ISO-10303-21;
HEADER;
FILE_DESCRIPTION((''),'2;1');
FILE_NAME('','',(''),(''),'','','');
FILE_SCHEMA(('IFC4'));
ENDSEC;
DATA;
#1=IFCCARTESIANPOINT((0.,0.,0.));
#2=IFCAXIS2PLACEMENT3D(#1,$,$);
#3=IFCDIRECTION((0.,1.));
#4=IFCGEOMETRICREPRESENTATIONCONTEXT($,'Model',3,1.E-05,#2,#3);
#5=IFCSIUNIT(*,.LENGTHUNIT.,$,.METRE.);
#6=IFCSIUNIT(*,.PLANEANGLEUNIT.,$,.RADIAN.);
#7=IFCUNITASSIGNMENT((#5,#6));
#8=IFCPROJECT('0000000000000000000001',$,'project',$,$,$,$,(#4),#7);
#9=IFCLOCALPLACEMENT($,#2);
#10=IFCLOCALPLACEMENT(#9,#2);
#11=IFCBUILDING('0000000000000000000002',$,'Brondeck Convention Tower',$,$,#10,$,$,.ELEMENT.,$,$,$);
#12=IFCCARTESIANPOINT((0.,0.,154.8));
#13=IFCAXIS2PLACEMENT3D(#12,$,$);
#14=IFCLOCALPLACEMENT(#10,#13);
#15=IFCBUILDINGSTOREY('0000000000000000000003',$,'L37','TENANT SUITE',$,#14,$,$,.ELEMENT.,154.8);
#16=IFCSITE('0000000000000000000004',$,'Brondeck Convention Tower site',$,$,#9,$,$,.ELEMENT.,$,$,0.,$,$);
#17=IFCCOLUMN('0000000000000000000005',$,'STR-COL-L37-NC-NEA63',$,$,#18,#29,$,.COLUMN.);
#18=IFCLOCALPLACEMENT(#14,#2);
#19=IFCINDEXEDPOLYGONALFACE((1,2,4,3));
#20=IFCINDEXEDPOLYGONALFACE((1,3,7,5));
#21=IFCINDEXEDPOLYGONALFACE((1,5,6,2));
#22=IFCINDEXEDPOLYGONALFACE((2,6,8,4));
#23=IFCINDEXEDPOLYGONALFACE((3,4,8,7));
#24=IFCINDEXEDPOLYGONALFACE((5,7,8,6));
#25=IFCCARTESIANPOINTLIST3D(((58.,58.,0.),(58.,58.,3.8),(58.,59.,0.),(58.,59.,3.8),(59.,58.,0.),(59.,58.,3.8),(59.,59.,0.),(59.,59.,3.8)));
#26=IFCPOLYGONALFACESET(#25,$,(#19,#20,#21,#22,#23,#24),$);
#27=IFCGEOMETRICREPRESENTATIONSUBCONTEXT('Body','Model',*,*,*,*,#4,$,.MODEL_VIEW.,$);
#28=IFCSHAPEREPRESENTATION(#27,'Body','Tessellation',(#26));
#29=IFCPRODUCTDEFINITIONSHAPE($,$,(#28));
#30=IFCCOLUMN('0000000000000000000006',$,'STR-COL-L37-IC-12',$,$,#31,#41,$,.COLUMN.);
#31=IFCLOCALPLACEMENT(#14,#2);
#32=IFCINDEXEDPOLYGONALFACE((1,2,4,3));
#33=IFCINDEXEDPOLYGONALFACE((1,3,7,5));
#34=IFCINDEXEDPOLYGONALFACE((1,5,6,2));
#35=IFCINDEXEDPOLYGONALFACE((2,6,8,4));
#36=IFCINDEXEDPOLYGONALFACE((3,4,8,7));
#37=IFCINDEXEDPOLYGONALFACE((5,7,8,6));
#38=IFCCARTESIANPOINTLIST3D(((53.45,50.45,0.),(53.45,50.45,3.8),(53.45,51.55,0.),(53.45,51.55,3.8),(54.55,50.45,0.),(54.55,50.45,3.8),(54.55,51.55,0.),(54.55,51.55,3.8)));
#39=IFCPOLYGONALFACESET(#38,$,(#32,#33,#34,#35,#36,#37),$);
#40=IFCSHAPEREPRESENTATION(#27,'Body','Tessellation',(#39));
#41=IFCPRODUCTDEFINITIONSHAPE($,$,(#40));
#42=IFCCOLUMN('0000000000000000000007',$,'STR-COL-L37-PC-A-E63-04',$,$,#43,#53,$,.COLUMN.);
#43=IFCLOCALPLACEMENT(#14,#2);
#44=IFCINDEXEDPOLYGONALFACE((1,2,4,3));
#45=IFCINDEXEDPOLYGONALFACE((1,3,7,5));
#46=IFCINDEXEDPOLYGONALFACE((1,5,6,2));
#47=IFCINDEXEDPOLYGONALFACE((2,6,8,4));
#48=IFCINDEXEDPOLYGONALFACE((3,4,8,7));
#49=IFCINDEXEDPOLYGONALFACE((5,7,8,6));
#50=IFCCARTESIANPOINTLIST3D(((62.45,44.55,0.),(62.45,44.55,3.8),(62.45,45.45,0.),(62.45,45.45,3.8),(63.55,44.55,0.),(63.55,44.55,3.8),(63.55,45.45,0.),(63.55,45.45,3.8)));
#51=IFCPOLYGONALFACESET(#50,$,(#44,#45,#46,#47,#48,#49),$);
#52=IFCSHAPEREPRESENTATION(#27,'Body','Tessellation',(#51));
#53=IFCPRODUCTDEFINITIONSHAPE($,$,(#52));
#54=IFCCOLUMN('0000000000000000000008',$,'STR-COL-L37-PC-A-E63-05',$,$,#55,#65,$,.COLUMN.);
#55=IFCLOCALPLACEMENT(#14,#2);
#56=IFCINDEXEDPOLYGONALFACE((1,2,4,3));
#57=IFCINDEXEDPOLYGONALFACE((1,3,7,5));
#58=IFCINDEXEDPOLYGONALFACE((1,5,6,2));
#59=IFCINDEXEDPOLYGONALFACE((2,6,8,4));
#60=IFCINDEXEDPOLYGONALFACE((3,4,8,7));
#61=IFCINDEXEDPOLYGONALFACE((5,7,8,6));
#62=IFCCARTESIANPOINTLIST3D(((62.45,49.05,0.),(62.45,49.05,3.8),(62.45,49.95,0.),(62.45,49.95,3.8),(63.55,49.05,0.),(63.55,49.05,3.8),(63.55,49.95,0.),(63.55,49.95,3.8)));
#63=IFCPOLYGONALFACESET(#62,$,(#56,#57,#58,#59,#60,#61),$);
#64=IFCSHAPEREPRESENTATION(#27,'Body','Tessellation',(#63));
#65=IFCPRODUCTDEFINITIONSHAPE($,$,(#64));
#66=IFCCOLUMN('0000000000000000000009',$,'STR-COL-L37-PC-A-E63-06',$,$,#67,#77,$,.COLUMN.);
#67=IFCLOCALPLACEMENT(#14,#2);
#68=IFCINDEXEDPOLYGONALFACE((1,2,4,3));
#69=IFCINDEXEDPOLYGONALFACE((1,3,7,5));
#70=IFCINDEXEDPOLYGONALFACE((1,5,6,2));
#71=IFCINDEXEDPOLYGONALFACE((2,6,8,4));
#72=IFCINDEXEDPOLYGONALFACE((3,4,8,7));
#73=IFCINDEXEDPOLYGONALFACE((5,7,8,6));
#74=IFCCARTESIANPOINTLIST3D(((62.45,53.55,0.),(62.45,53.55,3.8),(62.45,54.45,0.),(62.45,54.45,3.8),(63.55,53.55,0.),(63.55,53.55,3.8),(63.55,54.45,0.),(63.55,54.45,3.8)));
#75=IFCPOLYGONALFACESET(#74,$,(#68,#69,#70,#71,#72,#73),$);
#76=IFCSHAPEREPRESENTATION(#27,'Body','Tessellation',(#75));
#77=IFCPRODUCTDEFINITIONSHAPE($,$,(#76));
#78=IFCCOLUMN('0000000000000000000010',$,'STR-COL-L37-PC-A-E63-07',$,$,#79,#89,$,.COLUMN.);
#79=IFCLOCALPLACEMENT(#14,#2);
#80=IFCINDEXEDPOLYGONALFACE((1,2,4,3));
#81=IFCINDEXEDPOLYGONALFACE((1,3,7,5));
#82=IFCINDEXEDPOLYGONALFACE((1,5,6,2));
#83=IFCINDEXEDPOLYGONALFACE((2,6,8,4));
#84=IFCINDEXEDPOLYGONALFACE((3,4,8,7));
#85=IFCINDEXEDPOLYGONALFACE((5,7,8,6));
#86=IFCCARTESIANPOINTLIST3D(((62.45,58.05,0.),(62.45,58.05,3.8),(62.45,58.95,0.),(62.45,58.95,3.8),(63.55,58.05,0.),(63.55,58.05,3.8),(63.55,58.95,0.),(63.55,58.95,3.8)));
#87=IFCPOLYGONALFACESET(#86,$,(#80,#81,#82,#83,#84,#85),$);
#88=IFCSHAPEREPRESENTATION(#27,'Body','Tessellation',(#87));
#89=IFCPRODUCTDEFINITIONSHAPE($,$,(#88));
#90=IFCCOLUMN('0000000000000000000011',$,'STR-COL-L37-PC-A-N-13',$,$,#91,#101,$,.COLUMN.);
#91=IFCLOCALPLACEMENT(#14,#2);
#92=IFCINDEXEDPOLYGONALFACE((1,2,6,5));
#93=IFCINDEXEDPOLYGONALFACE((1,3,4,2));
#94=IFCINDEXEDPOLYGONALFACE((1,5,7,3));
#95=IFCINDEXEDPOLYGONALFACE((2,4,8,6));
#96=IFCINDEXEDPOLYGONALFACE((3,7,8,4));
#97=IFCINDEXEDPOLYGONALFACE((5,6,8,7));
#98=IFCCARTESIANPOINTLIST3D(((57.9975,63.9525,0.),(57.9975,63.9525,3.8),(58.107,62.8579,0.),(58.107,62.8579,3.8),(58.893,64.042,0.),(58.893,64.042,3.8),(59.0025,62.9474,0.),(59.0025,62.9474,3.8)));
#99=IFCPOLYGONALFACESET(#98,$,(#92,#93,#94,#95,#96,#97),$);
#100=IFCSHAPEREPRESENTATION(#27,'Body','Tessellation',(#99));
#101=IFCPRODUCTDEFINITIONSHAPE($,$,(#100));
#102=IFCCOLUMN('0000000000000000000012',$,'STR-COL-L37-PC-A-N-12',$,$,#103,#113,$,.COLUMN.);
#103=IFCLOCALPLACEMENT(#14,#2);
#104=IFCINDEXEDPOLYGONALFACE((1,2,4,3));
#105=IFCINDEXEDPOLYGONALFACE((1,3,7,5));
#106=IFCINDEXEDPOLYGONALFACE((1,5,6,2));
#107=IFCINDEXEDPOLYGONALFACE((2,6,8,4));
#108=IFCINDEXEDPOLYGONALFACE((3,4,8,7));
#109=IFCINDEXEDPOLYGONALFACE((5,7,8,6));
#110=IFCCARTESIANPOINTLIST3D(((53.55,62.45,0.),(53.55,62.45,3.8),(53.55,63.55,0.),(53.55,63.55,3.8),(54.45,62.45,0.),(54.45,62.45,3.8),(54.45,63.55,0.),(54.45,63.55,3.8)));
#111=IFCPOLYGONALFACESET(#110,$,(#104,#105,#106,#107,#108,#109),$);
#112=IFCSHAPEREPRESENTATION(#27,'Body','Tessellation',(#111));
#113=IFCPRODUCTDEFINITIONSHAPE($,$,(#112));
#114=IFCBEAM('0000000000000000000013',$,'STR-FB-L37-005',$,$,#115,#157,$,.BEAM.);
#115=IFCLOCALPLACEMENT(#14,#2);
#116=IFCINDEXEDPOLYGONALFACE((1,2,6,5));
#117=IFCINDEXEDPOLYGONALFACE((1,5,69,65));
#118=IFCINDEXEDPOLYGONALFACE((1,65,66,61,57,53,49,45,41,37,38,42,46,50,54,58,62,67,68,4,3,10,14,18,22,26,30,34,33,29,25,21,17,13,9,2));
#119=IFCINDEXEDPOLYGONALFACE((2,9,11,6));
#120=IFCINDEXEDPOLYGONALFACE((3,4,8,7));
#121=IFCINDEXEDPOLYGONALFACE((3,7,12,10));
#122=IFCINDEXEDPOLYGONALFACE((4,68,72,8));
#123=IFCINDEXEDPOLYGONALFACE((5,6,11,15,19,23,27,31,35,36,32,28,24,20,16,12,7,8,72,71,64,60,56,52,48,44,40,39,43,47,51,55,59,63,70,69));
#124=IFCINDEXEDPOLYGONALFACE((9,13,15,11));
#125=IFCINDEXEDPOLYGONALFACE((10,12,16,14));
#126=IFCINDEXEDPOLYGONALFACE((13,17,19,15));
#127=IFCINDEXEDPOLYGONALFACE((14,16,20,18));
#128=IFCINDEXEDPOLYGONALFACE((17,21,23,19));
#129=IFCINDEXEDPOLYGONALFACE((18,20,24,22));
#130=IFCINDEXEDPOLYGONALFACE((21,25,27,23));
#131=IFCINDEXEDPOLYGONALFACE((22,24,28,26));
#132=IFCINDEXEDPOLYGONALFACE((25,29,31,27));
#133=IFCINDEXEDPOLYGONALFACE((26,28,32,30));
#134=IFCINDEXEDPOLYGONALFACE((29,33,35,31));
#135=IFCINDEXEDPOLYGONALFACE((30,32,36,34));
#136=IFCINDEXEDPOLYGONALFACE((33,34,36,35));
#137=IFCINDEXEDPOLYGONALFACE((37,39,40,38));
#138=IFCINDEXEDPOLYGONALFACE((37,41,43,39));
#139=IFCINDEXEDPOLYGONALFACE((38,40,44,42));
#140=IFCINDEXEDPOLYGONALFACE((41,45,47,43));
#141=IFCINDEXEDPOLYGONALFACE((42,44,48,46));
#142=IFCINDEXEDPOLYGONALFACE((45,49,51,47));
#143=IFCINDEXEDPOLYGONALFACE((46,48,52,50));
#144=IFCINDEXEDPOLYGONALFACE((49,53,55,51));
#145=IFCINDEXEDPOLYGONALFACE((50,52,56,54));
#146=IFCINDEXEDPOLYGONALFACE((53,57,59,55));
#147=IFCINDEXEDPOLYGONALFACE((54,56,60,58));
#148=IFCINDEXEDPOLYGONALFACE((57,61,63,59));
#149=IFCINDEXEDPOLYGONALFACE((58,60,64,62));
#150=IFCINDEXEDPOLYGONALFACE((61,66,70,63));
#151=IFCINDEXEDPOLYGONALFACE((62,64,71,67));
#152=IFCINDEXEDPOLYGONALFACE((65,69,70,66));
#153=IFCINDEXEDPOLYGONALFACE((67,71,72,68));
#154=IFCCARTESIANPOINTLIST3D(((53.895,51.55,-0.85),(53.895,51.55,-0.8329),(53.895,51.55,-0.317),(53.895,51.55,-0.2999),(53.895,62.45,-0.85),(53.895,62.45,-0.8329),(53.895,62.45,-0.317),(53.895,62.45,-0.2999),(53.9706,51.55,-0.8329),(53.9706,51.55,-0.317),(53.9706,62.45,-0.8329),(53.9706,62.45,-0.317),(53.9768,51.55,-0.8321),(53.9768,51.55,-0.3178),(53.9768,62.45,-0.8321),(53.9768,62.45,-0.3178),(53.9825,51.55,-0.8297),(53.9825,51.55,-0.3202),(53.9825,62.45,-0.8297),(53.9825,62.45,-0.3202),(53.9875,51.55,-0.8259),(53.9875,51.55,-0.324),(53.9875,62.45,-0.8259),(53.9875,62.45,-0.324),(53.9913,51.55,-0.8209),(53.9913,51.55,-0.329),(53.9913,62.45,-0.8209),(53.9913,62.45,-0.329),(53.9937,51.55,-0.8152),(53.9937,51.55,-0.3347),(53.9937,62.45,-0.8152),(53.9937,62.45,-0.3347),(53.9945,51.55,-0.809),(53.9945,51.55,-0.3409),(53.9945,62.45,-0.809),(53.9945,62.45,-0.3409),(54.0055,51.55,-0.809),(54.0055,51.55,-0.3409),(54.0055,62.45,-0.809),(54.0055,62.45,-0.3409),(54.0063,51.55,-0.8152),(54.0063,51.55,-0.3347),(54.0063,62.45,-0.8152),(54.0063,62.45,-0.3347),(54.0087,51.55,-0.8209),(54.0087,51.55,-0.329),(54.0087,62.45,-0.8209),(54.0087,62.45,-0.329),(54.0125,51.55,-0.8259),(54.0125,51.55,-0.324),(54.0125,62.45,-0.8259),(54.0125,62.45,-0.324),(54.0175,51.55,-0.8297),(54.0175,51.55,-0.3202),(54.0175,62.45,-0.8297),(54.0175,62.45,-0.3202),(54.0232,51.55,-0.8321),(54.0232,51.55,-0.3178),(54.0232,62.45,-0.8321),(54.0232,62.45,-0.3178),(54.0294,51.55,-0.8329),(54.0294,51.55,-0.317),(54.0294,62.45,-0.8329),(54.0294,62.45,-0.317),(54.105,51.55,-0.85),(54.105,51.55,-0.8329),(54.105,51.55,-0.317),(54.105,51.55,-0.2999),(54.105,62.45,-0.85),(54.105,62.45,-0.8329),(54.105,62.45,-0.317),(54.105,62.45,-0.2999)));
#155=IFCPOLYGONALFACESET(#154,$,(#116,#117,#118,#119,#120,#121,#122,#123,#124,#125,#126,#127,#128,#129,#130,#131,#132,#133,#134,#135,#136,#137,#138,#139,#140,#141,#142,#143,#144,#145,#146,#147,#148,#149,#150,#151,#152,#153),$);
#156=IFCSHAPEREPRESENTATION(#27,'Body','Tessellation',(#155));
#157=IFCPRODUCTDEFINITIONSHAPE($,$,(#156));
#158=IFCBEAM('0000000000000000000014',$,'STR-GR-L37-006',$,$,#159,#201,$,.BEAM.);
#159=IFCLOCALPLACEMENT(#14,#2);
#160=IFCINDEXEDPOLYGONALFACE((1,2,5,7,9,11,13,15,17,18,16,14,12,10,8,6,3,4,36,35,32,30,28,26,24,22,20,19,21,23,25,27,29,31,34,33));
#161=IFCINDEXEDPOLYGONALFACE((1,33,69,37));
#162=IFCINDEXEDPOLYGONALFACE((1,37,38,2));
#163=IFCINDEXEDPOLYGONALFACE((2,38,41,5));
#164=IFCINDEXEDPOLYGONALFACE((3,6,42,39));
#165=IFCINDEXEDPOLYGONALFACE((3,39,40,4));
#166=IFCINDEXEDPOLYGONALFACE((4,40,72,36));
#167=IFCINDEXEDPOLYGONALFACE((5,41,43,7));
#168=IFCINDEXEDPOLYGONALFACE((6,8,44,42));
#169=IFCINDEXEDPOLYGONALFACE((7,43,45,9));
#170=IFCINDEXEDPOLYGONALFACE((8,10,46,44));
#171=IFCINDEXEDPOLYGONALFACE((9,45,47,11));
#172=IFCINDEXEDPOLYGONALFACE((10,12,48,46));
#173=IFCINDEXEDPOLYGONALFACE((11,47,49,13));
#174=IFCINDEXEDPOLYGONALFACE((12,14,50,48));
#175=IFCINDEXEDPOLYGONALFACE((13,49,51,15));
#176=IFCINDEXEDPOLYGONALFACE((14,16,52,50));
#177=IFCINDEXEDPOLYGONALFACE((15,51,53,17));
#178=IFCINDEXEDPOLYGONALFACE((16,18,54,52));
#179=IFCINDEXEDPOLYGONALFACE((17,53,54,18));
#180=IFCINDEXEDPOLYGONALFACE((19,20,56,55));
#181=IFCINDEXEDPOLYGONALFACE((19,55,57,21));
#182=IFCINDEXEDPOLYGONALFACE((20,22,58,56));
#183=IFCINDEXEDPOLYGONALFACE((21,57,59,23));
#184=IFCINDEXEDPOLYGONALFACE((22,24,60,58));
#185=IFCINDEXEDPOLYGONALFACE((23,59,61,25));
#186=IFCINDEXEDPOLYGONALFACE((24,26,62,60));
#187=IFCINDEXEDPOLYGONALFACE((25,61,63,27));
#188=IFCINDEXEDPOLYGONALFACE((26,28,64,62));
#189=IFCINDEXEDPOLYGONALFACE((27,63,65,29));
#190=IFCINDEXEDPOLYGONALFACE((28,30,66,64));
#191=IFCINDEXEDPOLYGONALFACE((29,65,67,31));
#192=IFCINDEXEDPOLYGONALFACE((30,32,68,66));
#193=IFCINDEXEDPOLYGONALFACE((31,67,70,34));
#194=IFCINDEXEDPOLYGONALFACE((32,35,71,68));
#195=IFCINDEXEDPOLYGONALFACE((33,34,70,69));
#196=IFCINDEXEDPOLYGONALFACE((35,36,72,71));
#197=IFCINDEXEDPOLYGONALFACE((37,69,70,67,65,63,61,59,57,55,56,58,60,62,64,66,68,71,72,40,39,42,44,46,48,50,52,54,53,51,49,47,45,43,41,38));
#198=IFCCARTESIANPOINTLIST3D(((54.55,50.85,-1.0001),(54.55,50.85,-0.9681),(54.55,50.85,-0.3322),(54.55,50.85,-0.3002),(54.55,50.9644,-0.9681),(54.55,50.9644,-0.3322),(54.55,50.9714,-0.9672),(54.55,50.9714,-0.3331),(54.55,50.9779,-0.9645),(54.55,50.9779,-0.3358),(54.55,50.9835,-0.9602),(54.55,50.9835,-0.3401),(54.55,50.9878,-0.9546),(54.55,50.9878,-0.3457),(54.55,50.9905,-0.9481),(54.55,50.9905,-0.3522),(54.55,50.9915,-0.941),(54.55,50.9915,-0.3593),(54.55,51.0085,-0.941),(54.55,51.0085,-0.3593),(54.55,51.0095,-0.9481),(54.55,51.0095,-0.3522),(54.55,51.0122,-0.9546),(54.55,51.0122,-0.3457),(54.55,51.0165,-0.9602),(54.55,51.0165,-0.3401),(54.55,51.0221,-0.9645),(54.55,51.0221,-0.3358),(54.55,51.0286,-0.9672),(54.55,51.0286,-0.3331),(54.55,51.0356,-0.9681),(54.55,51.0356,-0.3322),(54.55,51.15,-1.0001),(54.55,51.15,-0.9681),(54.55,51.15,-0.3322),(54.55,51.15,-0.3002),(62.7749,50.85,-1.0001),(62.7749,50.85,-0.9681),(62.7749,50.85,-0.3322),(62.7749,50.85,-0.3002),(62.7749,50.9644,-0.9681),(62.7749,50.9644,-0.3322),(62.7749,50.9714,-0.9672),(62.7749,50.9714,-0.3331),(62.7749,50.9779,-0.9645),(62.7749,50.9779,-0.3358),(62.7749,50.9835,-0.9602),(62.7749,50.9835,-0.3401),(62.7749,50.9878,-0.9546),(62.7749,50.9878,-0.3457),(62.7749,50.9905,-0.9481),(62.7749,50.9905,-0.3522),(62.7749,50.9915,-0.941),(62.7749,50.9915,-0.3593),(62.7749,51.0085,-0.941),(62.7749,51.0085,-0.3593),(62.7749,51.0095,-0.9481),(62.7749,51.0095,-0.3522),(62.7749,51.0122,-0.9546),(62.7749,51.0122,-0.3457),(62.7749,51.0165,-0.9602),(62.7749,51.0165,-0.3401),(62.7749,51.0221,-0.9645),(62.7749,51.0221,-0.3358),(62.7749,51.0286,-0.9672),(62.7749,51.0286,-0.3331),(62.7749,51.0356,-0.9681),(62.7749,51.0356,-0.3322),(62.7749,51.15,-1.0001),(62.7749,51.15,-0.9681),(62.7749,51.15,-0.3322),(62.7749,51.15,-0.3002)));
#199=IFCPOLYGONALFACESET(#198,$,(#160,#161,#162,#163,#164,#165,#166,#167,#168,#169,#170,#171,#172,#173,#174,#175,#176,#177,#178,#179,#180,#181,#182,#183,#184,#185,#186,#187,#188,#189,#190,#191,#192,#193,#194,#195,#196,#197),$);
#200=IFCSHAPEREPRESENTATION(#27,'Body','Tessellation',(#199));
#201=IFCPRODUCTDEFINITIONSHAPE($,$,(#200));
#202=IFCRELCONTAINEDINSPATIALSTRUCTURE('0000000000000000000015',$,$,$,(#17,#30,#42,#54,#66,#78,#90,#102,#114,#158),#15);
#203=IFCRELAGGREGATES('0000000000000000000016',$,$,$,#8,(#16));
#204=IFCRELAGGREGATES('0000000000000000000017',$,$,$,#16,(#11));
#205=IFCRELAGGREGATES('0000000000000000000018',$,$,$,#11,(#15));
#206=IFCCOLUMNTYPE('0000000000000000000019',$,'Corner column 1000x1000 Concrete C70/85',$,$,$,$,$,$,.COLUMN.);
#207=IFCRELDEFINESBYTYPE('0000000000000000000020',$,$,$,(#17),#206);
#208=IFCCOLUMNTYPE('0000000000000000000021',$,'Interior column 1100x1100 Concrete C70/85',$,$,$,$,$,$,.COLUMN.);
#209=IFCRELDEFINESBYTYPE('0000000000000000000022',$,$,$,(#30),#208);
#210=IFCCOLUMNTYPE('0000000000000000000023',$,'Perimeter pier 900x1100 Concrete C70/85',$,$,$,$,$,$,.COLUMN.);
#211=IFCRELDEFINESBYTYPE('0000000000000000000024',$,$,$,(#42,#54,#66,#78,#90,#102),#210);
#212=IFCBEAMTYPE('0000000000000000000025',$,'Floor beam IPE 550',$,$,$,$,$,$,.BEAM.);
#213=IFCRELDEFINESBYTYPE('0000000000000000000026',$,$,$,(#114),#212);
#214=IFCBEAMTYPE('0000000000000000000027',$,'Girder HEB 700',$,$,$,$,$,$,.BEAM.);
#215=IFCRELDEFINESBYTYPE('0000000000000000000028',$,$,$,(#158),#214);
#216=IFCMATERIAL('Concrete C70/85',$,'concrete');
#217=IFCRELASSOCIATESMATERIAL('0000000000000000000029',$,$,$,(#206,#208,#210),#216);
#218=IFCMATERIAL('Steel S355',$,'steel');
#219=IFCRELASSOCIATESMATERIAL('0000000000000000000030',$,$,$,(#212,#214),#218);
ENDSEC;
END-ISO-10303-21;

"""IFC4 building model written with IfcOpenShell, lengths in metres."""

from ifc_helpers import new_model, si_unit, direction, frame, origin, origin_2d, place, context, subcontext, project, spatial, rectangle, i_section, extrude, material, material_profile, profile_set, type_object, element, save


model = new_model("IFC4")

# Units and contexts
model_context = context("Model", 3, precision=1e-05, world=origin(), true_north=direction((0.0, 1.0)))
body_context = subcontext(model_context, "Body", "Model", "MODEL_VIEW")
ifc_project = project(units=[si_unit("LENGTHUNIT", "METRE"), si_unit("PLANEANGLEUNIT", "RADIAN")], contexts=[model_context])

# Site, building, storey
site_placement = place(None, origin())
site = spatial("IfcSite", under=ifc_project, at=site_placement, Name="Brondeck Convention Tower site", CompositionType="ELEMENT", RefElevation=0.0)
building_placement = place(site_placement, origin())
building = spatial("IfcBuilding", under=site, at=building_placement, Name="Brondeck Convention Tower", CompositionType="ELEMENT")
storey_placement = place(building_placement, frame((0.0, 0.0, 154.8)))
storey = spatial("IfcBuildingStorey", under=building, at=storey_placement, Name="L37", Description="TENANT SUITE", CompositionType="ELEMENT", Elevation=154.8)

# Columns
ifc_material_1 = material(Name="Concrete C70/85", Category="concrete")
ifc_material_profile_1 = material_profile(ifc_material_1, rectangle(XDim=1.0, YDim=1.0, at=origin_2d()), Name="Corner column 1000x1000 Concrete C70/85")
ifc_profile_set_1 = profile_set([ifc_material_profile_1], Name="Concrete C70/85")
column_type_1 = type_object("IfcColumnType", Name="Corner column 1000x1000 Concrete C70/85", PredefinedType="COLUMN", material=ifc_profile_set_1)
column_1_placement = place(storey_placement, frame((58.5, 58.5, 0.0), z_axis=(0.0, 0.0, 1.0), x_axis=(1.0, 0.0, 0.0)))
element("IfcColumn", 1, at=column_1_placement, inside=storey, type_object=column_type_1, Name="STR-COL-L37-NC-NEA63", PredefinedType="COLUMN", context=body_context, shape_type="SweptSolid", body=[
    extrude(rectangle(XDim=1.0, YDim=1.0, at=origin_2d()), origin(), (0.0, 0.0, 1.0), 3.8),
])
ifc_material_profile_2 = material_profile(ifc_material_1, rectangle(XDim=1.1001, YDim=1.1001, at=origin_2d()), Name="Interior column 1100x1100 Concrete C70/85")
ifc_profile_set_2 = profile_set([ifc_material_profile_2], Name="Concrete C70/85")
column_type_2 = type_object("IfcColumnType", Name="Interior column 1100x1100 Concrete C70/85", PredefinedType="COLUMN", material=ifc_profile_set_2)
column_2_placement = place(storey_placement, frame((54.0, 51.0, 0.0), z_axis=(0.0, 0.0, 1.0), x_axis=(1.0, 0.0, 0.0)))
element("IfcColumn", 2, at=column_2_placement, inside=storey, type_object=column_type_2, Name="STR-COL-L37-IC-12", PredefinedType="COLUMN", context=body_context, shape_type="SweptSolid", body=[
    extrude(rectangle(XDim=1.1001, YDim=1.1001, at=origin_2d()), origin(), (0.0, 0.0, 1.0), 3.8),
])
ifc_material_profile_3 = material_profile(ifc_material_1, rectangle(XDim=0.8999, YDim=1.1001, at=origin_2d()), Name="Perimeter pier 900x1100 Concrete C70/85")
ifc_profile_set_3 = profile_set([ifc_material_profile_3], Name="Concrete C70/85")
column_type_3 = type_object("IfcColumnType", Name="Perimeter pier 900x1100 Concrete C70/85", PredefinedType="COLUMN", material=ifc_profile_set_3)
for number, where, z_axis, x_axis, name in (
    (3, (63.0, 45.0, 0.0), (0.0, 0.0, 1.0), (0.0, 1.0, 0.0), "STR-COL-L37-PC-A-E63-04"),
    (4, (63.0, 49.5, 0.0), (0.0, 0.0, 1.0), (0.0, 1.0, 0.0), "STR-COL-L37-PC-A-E63-05"),
    (5, (63.0, 54.0, 0.0), (0.0, 0.0, 1.0), (0.0, 1.0, 0.0), "STR-COL-L37-PC-A-E63-06"),
    (6, (63.0, 58.5, 0.0), (0.0, 0.0, 1.0), (0.0, 1.0, 0.0), "STR-COL-L37-PC-A-E63-07"),
    (7, (58.5, 63.45, 0.0), (0.0, 0.0, 1.0), (-0.995037, -0.099504, 0.0), "STR-COL-L37-PC-A-N-13"),
    (8, (54.0, 63.0, 0.0), (0.0, 0.0, 1.0), (-1.0, 0.0, 0.0), "STR-COL-L37-PC-A-N-12"),
):
    element("IfcColumn", number, at=place(storey_placement, frame(where, z_axis=z_axis, x_axis=x_axis)), inside=storey, type_object=column_type_3, Name=name, PredefinedType="COLUMN", context=body_context, shape_type="SweptSolid", body=[
        extrude(rectangle(XDim=0.8999, YDim=1.1001, at=origin_2d()), origin(), (0.0, 0.0, 1.0), 3.8),
    ])

# Beams
ifc_material_2 = material(Name="Steel S355", Category="steel")
ifc_material_profile_4 = material_profile(ifc_material_2, i_section(OverallWidth=0.21, OverallDepth=0.55, WebThickness=0.011, FlangeThickness=0.0171, FilletRadius=0.0239, at=origin_2d()), Name="IPE 550")
ifc_profile_set_4 = profile_set([ifc_material_profile_4], Name="Steel S355")
beam_type_1 = type_object("IfcBeamType", Name="Floor beam IPE 550", PredefinedType="BEAM", material=ifc_profile_set_4)
beam_1_placement = place(storey_placement, frame((54.0, 51.55, -0.575), z_axis=(0.0, 1.0, 0.0), x_axis=(-1.0, 0.0, 0.0)))
element("IfcBeam", 9, at=beam_1_placement, inside=storey, type_object=beam_type_1, Name="STR-FB-L37-005", PredefinedType="BEAM", context=body_context, shape_type="SweptSolid", body=[
    extrude(i_section(OverallWidth=0.21, OverallDepth=0.55, WebThickness=0.011, FlangeThickness=0.0171, FilletRadius=0.0239, at=origin_2d()), origin(), (0.0, 0.0, 1.0), 10.8999),
])
ifc_material_profile_5 = material_profile(ifc_material_2, i_section(OverallWidth=0.3, OverallDepth=0.7, WebThickness=0.0171, FlangeThickness=0.032, FilletRadius=0.0271, at=origin_2d()), Name="HEB 700")
ifc_profile_set_5 = profile_set([ifc_material_profile_5], Name="Steel S355")
beam_type_2 = type_object("IfcBeamType", Name="Girder HEB 700", PredefinedType="BEAM", material=ifc_profile_set_5)
beam_2_placement = place(storey_placement, frame((54.55, 51.0, -0.6501), z_axis=(1.0, 0.0, 0.0), x_axis=(0.0, 1.0, 0.0)))
element("IfcBeam", 10, at=beam_2_placement, inside=storey, type_object=beam_type_2, Name="STR-GR-L37-006", PredefinedType="BEAM", context=body_context, shape_type="SweptSolid", body=[
    extrude(i_section(OverallWidth=0.3, OverallDepth=0.7, WebThickness=0.0171, FlangeThickness=0.032, FilletRadius=0.0271, at=origin_2d()), origin(), (0.0, 0.0, 1.0), 8.2249),
])

save(model, "model.ifc")
